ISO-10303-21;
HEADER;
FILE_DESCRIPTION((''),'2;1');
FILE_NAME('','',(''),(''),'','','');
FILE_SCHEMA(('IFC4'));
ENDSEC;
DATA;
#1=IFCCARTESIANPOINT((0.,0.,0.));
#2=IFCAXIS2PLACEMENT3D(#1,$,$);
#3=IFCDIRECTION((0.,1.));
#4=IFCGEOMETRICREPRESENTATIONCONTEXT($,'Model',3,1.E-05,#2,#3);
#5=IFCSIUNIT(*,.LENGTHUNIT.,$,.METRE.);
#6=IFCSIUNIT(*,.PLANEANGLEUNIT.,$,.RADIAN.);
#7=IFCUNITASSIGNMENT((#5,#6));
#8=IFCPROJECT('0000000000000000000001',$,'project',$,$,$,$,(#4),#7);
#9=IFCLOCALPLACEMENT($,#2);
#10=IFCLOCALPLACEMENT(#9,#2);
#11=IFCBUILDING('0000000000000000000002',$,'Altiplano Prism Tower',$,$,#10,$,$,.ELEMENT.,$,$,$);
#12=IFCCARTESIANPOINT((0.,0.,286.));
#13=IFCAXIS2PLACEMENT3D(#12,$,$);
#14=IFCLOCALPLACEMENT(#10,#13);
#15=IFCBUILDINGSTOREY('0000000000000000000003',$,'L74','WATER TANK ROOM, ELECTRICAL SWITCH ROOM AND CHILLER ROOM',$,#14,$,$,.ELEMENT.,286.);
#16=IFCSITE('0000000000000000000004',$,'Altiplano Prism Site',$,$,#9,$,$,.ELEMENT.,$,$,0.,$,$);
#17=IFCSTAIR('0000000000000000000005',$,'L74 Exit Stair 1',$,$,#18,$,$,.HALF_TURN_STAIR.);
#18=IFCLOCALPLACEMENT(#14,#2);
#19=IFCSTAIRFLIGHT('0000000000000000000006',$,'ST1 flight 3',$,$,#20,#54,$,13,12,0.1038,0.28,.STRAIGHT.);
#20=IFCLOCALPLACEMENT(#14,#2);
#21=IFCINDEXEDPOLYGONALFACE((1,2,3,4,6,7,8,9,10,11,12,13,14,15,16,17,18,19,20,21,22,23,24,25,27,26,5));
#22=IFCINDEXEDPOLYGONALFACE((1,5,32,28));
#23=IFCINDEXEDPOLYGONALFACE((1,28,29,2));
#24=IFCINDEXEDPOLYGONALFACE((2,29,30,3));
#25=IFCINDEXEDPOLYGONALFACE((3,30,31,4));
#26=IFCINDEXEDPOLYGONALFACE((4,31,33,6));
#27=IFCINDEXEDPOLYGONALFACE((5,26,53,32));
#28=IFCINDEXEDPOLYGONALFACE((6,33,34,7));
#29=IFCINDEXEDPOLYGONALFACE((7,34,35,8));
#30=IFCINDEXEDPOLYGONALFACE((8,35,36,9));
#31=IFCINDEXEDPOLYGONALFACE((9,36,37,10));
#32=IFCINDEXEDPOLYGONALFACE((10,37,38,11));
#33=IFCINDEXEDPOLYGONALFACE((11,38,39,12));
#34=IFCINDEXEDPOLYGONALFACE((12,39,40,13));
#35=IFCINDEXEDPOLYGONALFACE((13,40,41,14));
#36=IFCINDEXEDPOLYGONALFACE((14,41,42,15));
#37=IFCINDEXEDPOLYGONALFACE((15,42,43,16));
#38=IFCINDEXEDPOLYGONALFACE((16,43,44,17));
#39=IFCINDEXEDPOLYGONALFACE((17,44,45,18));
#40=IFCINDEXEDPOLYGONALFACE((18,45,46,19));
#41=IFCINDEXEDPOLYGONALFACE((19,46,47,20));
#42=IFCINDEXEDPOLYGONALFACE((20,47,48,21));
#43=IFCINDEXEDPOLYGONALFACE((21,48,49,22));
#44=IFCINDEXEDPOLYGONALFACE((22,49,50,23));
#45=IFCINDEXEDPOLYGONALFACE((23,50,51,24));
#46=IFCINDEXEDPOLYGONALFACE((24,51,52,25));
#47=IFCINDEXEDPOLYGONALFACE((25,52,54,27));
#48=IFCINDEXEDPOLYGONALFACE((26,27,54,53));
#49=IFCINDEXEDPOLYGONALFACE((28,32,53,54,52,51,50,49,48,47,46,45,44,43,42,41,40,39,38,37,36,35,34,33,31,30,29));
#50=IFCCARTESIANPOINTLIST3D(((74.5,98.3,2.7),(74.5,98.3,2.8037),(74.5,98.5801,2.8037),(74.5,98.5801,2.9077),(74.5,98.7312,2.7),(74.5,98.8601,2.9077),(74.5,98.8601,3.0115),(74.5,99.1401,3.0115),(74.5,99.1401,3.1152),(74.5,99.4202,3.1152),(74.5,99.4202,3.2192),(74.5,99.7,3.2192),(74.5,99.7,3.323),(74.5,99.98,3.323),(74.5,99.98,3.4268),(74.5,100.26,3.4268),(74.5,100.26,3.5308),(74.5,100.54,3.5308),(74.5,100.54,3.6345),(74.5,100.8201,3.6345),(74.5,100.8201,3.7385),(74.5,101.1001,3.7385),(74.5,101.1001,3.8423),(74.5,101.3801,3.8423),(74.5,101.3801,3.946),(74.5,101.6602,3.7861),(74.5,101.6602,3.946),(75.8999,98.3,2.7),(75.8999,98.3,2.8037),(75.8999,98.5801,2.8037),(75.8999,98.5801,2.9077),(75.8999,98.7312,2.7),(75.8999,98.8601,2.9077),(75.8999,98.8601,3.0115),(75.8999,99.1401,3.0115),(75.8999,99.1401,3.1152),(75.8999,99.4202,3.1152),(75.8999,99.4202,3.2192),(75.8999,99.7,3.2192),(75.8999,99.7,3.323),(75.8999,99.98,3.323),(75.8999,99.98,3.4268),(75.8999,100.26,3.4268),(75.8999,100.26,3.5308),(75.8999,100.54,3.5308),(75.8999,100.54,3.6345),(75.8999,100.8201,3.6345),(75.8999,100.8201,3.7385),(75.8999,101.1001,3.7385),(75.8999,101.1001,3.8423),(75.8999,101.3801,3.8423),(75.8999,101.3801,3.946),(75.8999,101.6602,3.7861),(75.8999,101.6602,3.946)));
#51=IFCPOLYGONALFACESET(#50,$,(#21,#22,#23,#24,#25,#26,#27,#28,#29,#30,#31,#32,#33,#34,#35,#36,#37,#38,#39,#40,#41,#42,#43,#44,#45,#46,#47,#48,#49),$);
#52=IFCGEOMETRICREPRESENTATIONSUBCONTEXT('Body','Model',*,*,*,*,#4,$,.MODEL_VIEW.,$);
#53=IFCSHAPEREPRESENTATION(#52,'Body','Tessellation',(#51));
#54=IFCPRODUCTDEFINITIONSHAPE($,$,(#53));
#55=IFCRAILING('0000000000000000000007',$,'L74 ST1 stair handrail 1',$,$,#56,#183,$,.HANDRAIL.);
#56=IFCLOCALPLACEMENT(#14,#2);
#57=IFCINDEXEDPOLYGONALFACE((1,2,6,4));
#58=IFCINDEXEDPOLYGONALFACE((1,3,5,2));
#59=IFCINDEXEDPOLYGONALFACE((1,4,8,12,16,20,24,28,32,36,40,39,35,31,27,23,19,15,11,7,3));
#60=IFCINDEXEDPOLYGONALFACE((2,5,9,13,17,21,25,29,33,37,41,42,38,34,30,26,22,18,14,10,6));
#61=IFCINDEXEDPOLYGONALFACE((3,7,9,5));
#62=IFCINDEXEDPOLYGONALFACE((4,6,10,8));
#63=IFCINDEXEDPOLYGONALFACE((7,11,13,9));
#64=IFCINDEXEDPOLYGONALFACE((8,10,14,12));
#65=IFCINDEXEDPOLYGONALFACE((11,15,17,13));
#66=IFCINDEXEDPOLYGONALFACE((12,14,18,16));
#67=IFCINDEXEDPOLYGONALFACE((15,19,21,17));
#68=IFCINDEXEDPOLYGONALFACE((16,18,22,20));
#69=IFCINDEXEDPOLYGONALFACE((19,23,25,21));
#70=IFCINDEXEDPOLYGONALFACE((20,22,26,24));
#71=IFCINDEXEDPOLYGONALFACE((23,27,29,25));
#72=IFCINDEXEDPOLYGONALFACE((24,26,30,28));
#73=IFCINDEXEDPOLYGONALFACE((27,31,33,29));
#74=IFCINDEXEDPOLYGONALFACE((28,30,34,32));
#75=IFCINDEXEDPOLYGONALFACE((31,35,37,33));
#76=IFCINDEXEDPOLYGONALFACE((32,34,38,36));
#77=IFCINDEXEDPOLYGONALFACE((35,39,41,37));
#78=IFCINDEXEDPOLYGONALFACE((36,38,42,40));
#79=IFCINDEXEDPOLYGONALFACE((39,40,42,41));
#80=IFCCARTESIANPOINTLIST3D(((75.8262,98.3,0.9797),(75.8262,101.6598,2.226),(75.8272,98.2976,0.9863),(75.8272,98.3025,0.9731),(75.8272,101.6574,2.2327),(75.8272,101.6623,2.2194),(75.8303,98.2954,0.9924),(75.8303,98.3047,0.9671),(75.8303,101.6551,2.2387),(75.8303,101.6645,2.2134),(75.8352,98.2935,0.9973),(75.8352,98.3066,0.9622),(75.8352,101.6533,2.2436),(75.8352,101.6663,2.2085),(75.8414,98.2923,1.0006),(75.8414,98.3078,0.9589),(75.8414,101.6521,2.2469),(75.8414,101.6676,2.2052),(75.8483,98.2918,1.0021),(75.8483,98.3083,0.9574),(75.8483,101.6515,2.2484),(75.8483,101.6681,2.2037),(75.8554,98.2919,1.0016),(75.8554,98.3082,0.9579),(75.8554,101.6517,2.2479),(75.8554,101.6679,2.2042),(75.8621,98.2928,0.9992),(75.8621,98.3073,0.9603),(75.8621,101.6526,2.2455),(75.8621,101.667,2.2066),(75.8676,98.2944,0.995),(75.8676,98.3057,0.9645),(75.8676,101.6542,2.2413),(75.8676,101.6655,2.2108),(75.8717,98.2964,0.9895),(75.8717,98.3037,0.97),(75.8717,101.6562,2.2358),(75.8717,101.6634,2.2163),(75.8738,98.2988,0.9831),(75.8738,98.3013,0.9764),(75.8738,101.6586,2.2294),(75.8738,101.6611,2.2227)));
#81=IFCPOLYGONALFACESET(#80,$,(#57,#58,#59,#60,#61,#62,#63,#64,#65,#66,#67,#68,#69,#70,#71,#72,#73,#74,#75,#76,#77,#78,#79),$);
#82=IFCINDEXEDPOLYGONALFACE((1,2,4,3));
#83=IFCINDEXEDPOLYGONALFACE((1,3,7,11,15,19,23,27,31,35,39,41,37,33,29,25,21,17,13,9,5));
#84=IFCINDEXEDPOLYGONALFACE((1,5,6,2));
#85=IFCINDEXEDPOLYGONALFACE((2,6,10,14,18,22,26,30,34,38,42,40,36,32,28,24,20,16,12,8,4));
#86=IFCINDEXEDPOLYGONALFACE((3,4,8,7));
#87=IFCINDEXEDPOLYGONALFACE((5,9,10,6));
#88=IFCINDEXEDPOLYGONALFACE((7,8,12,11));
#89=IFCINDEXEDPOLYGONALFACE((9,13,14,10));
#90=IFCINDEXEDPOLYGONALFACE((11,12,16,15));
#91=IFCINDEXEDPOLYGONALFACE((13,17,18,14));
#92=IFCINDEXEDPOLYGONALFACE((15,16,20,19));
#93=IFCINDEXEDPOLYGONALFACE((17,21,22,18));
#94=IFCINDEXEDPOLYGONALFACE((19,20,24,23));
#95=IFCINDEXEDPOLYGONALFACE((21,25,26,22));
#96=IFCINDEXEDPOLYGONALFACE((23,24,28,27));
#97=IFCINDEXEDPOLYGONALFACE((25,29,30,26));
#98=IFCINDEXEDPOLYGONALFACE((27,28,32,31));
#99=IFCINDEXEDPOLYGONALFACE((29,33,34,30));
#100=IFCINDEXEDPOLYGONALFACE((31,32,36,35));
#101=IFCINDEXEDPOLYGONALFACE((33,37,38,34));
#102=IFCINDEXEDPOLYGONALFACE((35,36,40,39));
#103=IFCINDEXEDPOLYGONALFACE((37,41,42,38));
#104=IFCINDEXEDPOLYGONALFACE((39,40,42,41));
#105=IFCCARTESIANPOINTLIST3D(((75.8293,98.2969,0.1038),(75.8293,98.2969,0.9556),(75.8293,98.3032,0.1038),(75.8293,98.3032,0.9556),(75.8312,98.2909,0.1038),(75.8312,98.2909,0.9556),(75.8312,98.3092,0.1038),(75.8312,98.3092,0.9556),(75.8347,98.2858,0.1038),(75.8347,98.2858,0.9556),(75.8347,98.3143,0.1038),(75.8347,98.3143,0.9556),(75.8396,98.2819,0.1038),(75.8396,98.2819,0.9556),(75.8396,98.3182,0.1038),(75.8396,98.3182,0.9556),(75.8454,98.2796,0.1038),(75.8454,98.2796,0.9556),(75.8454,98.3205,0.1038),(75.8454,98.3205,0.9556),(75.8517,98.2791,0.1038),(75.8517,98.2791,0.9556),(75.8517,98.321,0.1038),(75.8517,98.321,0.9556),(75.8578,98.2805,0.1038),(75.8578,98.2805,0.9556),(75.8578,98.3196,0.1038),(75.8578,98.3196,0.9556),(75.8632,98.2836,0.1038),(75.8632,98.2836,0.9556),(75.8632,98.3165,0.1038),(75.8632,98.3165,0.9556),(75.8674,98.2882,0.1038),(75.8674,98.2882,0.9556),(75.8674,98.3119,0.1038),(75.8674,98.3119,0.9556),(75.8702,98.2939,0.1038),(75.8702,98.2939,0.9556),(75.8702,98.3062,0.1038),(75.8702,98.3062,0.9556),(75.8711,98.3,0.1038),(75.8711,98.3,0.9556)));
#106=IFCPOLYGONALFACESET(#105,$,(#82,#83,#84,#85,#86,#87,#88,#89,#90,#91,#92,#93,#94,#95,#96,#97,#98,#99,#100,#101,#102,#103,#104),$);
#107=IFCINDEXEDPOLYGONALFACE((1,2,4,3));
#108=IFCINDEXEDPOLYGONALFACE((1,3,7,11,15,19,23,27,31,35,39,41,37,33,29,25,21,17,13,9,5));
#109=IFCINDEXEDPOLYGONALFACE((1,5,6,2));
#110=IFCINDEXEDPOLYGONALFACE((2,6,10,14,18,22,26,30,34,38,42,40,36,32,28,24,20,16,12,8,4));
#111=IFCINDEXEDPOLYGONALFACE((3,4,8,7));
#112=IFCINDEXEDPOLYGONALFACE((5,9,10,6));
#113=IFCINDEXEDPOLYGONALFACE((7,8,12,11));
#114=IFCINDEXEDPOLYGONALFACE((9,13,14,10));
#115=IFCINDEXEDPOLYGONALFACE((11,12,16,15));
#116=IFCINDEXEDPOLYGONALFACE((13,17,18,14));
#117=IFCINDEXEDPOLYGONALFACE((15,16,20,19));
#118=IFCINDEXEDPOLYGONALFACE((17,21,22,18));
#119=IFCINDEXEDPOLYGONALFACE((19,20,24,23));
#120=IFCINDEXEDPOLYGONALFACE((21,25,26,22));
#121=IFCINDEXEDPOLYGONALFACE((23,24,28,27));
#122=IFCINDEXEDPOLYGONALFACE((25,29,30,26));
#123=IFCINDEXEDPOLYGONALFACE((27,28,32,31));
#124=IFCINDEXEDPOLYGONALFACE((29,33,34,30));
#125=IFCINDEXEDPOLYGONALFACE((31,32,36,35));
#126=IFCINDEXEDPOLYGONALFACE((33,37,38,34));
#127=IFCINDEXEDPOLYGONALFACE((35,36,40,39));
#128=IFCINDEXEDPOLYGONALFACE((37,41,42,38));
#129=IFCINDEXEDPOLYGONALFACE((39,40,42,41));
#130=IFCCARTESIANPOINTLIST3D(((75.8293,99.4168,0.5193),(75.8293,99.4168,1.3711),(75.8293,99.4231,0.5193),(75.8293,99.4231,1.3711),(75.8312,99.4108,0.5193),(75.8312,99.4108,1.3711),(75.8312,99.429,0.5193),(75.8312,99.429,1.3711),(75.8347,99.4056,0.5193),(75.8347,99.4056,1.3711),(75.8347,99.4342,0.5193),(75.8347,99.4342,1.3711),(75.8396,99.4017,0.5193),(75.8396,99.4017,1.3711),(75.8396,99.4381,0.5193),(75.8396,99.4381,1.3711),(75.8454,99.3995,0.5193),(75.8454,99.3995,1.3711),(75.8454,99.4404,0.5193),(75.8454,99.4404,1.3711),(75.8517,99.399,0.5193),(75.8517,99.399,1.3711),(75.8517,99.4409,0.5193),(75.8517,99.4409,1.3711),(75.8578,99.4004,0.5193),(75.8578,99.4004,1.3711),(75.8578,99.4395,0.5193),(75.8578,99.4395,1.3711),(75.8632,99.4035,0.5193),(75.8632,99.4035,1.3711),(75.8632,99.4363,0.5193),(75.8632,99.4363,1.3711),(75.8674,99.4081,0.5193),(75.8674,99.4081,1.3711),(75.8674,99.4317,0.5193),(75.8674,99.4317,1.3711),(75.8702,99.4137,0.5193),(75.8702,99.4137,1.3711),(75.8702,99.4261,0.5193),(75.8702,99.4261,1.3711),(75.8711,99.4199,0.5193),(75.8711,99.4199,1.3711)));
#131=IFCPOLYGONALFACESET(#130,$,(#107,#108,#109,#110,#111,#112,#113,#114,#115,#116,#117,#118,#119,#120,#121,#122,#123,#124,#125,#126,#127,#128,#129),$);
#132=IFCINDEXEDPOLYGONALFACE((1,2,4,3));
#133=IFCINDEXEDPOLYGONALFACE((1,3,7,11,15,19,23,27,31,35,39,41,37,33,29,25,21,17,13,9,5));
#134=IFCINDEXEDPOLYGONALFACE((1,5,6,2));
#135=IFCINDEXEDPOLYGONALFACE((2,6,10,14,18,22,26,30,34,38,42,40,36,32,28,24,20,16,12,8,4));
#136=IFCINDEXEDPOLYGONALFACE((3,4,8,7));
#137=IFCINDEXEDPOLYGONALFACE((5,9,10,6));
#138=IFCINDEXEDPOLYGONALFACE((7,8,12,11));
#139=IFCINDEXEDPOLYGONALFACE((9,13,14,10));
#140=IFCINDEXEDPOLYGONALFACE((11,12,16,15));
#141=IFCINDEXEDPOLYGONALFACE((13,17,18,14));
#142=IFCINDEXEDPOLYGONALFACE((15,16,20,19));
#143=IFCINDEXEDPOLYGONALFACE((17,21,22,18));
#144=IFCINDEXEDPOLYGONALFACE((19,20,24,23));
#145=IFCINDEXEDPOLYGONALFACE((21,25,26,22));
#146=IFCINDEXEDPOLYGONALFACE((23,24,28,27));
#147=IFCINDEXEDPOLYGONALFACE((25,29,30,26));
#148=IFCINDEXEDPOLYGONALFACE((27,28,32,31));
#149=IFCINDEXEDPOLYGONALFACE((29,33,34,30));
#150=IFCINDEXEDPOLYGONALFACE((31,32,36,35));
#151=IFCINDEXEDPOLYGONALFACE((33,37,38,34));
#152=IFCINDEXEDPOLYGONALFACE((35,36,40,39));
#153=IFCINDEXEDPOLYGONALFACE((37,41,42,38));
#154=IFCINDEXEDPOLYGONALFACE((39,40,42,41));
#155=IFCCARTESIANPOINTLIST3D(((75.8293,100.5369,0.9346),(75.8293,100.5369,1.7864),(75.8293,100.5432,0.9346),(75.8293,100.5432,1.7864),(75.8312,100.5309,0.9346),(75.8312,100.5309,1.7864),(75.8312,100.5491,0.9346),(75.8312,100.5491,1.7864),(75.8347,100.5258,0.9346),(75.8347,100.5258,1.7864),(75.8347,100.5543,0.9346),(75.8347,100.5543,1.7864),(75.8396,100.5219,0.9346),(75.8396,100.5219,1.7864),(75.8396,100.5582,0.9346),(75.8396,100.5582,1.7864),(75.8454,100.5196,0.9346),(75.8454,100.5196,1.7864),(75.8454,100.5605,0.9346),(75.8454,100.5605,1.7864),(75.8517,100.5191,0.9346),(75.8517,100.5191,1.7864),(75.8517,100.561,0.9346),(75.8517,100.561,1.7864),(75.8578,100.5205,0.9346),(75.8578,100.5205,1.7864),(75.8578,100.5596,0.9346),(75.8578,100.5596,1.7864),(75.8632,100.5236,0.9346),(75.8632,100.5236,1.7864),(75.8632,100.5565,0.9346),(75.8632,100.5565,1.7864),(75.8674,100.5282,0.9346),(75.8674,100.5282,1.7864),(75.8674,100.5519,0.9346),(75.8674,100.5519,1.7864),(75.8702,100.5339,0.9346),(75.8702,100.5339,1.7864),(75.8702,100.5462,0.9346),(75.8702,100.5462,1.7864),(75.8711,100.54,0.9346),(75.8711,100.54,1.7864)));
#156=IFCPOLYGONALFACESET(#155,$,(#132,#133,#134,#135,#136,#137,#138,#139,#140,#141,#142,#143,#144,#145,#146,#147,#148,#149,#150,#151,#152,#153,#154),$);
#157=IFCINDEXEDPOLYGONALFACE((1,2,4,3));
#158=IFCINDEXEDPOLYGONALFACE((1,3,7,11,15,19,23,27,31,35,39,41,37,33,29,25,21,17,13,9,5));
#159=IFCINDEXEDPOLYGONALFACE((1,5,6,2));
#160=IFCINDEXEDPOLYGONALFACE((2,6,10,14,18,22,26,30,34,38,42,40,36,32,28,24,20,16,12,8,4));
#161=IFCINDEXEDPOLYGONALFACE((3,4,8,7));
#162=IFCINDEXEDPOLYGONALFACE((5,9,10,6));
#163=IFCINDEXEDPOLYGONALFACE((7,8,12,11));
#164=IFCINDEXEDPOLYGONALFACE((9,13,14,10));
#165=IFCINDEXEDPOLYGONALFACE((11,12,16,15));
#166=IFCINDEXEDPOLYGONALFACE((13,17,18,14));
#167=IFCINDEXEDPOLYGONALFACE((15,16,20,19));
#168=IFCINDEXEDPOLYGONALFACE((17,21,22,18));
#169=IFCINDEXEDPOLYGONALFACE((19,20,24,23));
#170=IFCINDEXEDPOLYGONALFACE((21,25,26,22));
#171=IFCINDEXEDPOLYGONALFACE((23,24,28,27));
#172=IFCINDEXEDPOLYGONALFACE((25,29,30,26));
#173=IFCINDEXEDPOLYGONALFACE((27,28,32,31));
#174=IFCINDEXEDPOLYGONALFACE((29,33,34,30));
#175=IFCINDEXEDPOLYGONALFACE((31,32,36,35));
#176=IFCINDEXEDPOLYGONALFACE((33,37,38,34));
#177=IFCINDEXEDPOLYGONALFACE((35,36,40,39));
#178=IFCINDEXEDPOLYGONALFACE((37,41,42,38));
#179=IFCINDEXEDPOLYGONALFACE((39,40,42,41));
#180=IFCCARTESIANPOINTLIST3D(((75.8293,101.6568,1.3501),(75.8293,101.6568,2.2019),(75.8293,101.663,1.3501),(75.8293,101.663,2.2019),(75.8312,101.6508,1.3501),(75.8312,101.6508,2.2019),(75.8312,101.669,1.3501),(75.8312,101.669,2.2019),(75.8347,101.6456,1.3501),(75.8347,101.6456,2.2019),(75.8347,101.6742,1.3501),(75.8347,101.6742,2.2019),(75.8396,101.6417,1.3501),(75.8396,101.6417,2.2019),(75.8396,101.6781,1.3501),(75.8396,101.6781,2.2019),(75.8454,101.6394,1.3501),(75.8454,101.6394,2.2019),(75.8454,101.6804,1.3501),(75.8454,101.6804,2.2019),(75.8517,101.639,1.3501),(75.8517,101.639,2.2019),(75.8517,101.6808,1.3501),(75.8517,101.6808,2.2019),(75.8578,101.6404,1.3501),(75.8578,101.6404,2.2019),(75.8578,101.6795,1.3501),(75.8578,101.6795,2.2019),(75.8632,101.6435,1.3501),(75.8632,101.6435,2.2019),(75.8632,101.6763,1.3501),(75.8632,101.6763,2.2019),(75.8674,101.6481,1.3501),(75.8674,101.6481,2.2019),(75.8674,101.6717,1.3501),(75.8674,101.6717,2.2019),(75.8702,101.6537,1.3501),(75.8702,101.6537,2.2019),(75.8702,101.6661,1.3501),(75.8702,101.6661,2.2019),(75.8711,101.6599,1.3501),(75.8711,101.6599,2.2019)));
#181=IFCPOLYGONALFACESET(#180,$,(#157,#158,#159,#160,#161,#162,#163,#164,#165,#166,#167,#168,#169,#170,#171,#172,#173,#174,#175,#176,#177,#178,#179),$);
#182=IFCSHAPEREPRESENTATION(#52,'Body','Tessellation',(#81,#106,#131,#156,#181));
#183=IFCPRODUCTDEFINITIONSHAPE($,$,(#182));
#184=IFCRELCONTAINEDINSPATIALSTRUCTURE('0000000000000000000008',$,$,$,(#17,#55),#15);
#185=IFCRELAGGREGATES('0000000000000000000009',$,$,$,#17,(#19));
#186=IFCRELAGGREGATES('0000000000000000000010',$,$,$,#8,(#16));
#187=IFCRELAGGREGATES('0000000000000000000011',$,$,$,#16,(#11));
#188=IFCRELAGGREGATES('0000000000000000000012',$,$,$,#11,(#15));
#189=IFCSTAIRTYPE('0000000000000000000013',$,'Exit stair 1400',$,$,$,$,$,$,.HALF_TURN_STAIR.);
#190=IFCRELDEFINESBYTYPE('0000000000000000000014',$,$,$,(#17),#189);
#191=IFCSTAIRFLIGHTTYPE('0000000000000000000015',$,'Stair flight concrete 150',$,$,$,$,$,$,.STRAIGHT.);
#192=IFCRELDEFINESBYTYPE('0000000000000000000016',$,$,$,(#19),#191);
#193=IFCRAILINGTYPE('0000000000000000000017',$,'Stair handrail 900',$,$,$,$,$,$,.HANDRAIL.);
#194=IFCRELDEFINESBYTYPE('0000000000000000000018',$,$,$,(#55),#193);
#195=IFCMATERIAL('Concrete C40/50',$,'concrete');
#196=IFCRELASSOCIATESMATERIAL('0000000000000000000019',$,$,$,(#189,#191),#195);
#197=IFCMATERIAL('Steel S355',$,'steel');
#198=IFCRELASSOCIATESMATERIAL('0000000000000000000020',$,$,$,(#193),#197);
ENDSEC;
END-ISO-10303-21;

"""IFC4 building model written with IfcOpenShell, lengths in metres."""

from ifc_helpers import new_model, si_unit, direction, frame, origin, origin_2d, place, context, subcontext, project, spatial, polyline, circle, outline, extrude, material, type_object, element, aggregate, save


model = new_model("IFC4")

# Units and contexts
model_context = context("Model", 3, precision=1e-05, world=origin(), true_north=direction((0.0, 1.0)))
body_context = subcontext(model_context, "Body", "Model", "MODEL_VIEW")
ifc_project = project(units=[si_unit("LENGTHUNIT", "METRE"), si_unit("PLANEANGLEUNIT", "RADIAN")], contexts=[model_context])

# Site, building, storey
site_placement = place(None, origin())
site = spatial("IfcSite", under=ifc_project, at=site_placement, Name="Altiplano Prism Site", CompositionType="ELEMENT", RefElevation=0.0)
building_placement = place(site_placement, origin())
building = spatial("IfcBuilding", under=site, at=building_placement, Name="Altiplano Prism Tower", CompositionType="ELEMENT")
storey_placement = place(building_placement, frame((0.0, 0.0, 286.0)))
storey = spatial("IfcBuildingStorey", under=building, at=storey_placement, Name="L74", Description="WATER TANK ROOM, ELECTRICAL SWITCH ROOM AND CHILLER ROOM", CompositionType="ELEMENT", Elevation=286.0)

# Stair, stair flight
ifc_material_1 = material(Name="Concrete C40/50", Category="concrete")
stair_type = type_object("IfcStairType", Name="Exit stair 1400", PredefinedType="HALF_TURN_STAIR", material=ifc_material_1)
stair_placement = place(storey_placement, origin())
stair = element("IfcStair", 1, at=stair_placement, inside=storey, type_object=stair_type, Name="L74 Exit Stair 1", PredefinedType="HALF_TURN_STAIR")
stair_flight_type = type_object("IfcStairFlightType", Name="Stair flight concrete 150", PredefinedType="STRAIGHT", material=ifc_material_1)
stair_flight_1_placement = place(storey_placement, frame((75.2, 98.3, 2.7), z_axis=(0.0, 0.0, 1.0), x_axis=(0.0, 1.0, 0.0)))
stair_flight_1 = element("IfcStairFlight", 2, at=stair_flight_1_placement, type_object=stair_flight_type, Name="ST1 flight 3", NumberOfRisers=13, NumberOfTreads=12, PredefinedType="STRAIGHT", RiserHeight=0.1038, TreadLength=0.28, context=body_context, shape_type="SweptSolid", body=[
    extrude(outline(polyline([(0.0, 0.0), (0.0, 0.1038), (0.28, 0.1038), (0.28, 0.2078), (0.5601, 0.2078), (0.5601, 0.3115), (0.8401, 0.3115), (0.8401, 0.4153), (1.1201, 0.4153), (1.1201, 0.5193), (1.3999, 0.5193), (1.3999, 0.623), (1.6799, 0.623), (1.6799, 0.7268), (1.96, 0.7268), (1.96, 0.8308), (2.24, 0.8308), (2.24, 0.9346), (2.52, 0.9346), (2.52, 1.0386), (2.8, 1.0386), (2.8, 1.1423), (3.0801, 1.1423), (3.0801, 1.2461), (3.3601, 1.2461), (3.3601, 1.3501), (3.3601, 1.0862), (0.4312, 0.0), (0.0, 0.0)])), frame((0.0, 0.7, 0.0), z_axis=(0.0, -1.0, 0.0), x_axis=(1.0, 0.0, 0.0)), (0.0, 0.0, 1.0), 1.3999),
])
aggregate(stair, [stair_flight_1])

# Railing
ifc_material_2 = material(Name="Steel S355", Category="steel")
railing_type = type_object("IfcRailingType", Name="Stair handrail 900", PredefinedType="HANDRAIL", material=ifc_material_2)
railing_1_placement = place(storey_placement, frame((75.8501, 98.3, 0.1038)))
element("IfcRailing", 3, at=railing_1_placement, inside=storey, type_object=railing_type, Name="L74 ST1 stair handrail 1", PredefinedType="HANDRAIL", context=body_context, shape_type="SweptSolid", body=[
    extrude(circle(Radius=0.0239, at=origin_2d()), frame((0.0, 0.0, 0.876), z_axis=(0.0, 0.937572, 0.347791), x_axis=(-1.0, 0.0, 0.0)), (0.0, 0.0, 1.0), 3.5835),
    extrude(circle(Radius=0.021, at=origin_2d()), origin(), (0.0, 0.0, 1.0), 0.8518),
    extrude(circle(Radius=0.021, at=origin_2d()), frame((0.0, 1.1199, 0.4155)), (0.0, 0.0, 1.0), 0.8518),
    extrude(circle(Radius=0.021, at=origin_2d()), frame((0.0, 2.24, 0.8308)), (0.0, 0.0, 1.0), 0.8518),
    extrude(circle(Radius=0.021, at=origin_2d()), frame((0.0, 3.3599, 1.2463)), (0.0, 0.0, 1.0), 0.8518),
])

save(model, "model.ifc")
